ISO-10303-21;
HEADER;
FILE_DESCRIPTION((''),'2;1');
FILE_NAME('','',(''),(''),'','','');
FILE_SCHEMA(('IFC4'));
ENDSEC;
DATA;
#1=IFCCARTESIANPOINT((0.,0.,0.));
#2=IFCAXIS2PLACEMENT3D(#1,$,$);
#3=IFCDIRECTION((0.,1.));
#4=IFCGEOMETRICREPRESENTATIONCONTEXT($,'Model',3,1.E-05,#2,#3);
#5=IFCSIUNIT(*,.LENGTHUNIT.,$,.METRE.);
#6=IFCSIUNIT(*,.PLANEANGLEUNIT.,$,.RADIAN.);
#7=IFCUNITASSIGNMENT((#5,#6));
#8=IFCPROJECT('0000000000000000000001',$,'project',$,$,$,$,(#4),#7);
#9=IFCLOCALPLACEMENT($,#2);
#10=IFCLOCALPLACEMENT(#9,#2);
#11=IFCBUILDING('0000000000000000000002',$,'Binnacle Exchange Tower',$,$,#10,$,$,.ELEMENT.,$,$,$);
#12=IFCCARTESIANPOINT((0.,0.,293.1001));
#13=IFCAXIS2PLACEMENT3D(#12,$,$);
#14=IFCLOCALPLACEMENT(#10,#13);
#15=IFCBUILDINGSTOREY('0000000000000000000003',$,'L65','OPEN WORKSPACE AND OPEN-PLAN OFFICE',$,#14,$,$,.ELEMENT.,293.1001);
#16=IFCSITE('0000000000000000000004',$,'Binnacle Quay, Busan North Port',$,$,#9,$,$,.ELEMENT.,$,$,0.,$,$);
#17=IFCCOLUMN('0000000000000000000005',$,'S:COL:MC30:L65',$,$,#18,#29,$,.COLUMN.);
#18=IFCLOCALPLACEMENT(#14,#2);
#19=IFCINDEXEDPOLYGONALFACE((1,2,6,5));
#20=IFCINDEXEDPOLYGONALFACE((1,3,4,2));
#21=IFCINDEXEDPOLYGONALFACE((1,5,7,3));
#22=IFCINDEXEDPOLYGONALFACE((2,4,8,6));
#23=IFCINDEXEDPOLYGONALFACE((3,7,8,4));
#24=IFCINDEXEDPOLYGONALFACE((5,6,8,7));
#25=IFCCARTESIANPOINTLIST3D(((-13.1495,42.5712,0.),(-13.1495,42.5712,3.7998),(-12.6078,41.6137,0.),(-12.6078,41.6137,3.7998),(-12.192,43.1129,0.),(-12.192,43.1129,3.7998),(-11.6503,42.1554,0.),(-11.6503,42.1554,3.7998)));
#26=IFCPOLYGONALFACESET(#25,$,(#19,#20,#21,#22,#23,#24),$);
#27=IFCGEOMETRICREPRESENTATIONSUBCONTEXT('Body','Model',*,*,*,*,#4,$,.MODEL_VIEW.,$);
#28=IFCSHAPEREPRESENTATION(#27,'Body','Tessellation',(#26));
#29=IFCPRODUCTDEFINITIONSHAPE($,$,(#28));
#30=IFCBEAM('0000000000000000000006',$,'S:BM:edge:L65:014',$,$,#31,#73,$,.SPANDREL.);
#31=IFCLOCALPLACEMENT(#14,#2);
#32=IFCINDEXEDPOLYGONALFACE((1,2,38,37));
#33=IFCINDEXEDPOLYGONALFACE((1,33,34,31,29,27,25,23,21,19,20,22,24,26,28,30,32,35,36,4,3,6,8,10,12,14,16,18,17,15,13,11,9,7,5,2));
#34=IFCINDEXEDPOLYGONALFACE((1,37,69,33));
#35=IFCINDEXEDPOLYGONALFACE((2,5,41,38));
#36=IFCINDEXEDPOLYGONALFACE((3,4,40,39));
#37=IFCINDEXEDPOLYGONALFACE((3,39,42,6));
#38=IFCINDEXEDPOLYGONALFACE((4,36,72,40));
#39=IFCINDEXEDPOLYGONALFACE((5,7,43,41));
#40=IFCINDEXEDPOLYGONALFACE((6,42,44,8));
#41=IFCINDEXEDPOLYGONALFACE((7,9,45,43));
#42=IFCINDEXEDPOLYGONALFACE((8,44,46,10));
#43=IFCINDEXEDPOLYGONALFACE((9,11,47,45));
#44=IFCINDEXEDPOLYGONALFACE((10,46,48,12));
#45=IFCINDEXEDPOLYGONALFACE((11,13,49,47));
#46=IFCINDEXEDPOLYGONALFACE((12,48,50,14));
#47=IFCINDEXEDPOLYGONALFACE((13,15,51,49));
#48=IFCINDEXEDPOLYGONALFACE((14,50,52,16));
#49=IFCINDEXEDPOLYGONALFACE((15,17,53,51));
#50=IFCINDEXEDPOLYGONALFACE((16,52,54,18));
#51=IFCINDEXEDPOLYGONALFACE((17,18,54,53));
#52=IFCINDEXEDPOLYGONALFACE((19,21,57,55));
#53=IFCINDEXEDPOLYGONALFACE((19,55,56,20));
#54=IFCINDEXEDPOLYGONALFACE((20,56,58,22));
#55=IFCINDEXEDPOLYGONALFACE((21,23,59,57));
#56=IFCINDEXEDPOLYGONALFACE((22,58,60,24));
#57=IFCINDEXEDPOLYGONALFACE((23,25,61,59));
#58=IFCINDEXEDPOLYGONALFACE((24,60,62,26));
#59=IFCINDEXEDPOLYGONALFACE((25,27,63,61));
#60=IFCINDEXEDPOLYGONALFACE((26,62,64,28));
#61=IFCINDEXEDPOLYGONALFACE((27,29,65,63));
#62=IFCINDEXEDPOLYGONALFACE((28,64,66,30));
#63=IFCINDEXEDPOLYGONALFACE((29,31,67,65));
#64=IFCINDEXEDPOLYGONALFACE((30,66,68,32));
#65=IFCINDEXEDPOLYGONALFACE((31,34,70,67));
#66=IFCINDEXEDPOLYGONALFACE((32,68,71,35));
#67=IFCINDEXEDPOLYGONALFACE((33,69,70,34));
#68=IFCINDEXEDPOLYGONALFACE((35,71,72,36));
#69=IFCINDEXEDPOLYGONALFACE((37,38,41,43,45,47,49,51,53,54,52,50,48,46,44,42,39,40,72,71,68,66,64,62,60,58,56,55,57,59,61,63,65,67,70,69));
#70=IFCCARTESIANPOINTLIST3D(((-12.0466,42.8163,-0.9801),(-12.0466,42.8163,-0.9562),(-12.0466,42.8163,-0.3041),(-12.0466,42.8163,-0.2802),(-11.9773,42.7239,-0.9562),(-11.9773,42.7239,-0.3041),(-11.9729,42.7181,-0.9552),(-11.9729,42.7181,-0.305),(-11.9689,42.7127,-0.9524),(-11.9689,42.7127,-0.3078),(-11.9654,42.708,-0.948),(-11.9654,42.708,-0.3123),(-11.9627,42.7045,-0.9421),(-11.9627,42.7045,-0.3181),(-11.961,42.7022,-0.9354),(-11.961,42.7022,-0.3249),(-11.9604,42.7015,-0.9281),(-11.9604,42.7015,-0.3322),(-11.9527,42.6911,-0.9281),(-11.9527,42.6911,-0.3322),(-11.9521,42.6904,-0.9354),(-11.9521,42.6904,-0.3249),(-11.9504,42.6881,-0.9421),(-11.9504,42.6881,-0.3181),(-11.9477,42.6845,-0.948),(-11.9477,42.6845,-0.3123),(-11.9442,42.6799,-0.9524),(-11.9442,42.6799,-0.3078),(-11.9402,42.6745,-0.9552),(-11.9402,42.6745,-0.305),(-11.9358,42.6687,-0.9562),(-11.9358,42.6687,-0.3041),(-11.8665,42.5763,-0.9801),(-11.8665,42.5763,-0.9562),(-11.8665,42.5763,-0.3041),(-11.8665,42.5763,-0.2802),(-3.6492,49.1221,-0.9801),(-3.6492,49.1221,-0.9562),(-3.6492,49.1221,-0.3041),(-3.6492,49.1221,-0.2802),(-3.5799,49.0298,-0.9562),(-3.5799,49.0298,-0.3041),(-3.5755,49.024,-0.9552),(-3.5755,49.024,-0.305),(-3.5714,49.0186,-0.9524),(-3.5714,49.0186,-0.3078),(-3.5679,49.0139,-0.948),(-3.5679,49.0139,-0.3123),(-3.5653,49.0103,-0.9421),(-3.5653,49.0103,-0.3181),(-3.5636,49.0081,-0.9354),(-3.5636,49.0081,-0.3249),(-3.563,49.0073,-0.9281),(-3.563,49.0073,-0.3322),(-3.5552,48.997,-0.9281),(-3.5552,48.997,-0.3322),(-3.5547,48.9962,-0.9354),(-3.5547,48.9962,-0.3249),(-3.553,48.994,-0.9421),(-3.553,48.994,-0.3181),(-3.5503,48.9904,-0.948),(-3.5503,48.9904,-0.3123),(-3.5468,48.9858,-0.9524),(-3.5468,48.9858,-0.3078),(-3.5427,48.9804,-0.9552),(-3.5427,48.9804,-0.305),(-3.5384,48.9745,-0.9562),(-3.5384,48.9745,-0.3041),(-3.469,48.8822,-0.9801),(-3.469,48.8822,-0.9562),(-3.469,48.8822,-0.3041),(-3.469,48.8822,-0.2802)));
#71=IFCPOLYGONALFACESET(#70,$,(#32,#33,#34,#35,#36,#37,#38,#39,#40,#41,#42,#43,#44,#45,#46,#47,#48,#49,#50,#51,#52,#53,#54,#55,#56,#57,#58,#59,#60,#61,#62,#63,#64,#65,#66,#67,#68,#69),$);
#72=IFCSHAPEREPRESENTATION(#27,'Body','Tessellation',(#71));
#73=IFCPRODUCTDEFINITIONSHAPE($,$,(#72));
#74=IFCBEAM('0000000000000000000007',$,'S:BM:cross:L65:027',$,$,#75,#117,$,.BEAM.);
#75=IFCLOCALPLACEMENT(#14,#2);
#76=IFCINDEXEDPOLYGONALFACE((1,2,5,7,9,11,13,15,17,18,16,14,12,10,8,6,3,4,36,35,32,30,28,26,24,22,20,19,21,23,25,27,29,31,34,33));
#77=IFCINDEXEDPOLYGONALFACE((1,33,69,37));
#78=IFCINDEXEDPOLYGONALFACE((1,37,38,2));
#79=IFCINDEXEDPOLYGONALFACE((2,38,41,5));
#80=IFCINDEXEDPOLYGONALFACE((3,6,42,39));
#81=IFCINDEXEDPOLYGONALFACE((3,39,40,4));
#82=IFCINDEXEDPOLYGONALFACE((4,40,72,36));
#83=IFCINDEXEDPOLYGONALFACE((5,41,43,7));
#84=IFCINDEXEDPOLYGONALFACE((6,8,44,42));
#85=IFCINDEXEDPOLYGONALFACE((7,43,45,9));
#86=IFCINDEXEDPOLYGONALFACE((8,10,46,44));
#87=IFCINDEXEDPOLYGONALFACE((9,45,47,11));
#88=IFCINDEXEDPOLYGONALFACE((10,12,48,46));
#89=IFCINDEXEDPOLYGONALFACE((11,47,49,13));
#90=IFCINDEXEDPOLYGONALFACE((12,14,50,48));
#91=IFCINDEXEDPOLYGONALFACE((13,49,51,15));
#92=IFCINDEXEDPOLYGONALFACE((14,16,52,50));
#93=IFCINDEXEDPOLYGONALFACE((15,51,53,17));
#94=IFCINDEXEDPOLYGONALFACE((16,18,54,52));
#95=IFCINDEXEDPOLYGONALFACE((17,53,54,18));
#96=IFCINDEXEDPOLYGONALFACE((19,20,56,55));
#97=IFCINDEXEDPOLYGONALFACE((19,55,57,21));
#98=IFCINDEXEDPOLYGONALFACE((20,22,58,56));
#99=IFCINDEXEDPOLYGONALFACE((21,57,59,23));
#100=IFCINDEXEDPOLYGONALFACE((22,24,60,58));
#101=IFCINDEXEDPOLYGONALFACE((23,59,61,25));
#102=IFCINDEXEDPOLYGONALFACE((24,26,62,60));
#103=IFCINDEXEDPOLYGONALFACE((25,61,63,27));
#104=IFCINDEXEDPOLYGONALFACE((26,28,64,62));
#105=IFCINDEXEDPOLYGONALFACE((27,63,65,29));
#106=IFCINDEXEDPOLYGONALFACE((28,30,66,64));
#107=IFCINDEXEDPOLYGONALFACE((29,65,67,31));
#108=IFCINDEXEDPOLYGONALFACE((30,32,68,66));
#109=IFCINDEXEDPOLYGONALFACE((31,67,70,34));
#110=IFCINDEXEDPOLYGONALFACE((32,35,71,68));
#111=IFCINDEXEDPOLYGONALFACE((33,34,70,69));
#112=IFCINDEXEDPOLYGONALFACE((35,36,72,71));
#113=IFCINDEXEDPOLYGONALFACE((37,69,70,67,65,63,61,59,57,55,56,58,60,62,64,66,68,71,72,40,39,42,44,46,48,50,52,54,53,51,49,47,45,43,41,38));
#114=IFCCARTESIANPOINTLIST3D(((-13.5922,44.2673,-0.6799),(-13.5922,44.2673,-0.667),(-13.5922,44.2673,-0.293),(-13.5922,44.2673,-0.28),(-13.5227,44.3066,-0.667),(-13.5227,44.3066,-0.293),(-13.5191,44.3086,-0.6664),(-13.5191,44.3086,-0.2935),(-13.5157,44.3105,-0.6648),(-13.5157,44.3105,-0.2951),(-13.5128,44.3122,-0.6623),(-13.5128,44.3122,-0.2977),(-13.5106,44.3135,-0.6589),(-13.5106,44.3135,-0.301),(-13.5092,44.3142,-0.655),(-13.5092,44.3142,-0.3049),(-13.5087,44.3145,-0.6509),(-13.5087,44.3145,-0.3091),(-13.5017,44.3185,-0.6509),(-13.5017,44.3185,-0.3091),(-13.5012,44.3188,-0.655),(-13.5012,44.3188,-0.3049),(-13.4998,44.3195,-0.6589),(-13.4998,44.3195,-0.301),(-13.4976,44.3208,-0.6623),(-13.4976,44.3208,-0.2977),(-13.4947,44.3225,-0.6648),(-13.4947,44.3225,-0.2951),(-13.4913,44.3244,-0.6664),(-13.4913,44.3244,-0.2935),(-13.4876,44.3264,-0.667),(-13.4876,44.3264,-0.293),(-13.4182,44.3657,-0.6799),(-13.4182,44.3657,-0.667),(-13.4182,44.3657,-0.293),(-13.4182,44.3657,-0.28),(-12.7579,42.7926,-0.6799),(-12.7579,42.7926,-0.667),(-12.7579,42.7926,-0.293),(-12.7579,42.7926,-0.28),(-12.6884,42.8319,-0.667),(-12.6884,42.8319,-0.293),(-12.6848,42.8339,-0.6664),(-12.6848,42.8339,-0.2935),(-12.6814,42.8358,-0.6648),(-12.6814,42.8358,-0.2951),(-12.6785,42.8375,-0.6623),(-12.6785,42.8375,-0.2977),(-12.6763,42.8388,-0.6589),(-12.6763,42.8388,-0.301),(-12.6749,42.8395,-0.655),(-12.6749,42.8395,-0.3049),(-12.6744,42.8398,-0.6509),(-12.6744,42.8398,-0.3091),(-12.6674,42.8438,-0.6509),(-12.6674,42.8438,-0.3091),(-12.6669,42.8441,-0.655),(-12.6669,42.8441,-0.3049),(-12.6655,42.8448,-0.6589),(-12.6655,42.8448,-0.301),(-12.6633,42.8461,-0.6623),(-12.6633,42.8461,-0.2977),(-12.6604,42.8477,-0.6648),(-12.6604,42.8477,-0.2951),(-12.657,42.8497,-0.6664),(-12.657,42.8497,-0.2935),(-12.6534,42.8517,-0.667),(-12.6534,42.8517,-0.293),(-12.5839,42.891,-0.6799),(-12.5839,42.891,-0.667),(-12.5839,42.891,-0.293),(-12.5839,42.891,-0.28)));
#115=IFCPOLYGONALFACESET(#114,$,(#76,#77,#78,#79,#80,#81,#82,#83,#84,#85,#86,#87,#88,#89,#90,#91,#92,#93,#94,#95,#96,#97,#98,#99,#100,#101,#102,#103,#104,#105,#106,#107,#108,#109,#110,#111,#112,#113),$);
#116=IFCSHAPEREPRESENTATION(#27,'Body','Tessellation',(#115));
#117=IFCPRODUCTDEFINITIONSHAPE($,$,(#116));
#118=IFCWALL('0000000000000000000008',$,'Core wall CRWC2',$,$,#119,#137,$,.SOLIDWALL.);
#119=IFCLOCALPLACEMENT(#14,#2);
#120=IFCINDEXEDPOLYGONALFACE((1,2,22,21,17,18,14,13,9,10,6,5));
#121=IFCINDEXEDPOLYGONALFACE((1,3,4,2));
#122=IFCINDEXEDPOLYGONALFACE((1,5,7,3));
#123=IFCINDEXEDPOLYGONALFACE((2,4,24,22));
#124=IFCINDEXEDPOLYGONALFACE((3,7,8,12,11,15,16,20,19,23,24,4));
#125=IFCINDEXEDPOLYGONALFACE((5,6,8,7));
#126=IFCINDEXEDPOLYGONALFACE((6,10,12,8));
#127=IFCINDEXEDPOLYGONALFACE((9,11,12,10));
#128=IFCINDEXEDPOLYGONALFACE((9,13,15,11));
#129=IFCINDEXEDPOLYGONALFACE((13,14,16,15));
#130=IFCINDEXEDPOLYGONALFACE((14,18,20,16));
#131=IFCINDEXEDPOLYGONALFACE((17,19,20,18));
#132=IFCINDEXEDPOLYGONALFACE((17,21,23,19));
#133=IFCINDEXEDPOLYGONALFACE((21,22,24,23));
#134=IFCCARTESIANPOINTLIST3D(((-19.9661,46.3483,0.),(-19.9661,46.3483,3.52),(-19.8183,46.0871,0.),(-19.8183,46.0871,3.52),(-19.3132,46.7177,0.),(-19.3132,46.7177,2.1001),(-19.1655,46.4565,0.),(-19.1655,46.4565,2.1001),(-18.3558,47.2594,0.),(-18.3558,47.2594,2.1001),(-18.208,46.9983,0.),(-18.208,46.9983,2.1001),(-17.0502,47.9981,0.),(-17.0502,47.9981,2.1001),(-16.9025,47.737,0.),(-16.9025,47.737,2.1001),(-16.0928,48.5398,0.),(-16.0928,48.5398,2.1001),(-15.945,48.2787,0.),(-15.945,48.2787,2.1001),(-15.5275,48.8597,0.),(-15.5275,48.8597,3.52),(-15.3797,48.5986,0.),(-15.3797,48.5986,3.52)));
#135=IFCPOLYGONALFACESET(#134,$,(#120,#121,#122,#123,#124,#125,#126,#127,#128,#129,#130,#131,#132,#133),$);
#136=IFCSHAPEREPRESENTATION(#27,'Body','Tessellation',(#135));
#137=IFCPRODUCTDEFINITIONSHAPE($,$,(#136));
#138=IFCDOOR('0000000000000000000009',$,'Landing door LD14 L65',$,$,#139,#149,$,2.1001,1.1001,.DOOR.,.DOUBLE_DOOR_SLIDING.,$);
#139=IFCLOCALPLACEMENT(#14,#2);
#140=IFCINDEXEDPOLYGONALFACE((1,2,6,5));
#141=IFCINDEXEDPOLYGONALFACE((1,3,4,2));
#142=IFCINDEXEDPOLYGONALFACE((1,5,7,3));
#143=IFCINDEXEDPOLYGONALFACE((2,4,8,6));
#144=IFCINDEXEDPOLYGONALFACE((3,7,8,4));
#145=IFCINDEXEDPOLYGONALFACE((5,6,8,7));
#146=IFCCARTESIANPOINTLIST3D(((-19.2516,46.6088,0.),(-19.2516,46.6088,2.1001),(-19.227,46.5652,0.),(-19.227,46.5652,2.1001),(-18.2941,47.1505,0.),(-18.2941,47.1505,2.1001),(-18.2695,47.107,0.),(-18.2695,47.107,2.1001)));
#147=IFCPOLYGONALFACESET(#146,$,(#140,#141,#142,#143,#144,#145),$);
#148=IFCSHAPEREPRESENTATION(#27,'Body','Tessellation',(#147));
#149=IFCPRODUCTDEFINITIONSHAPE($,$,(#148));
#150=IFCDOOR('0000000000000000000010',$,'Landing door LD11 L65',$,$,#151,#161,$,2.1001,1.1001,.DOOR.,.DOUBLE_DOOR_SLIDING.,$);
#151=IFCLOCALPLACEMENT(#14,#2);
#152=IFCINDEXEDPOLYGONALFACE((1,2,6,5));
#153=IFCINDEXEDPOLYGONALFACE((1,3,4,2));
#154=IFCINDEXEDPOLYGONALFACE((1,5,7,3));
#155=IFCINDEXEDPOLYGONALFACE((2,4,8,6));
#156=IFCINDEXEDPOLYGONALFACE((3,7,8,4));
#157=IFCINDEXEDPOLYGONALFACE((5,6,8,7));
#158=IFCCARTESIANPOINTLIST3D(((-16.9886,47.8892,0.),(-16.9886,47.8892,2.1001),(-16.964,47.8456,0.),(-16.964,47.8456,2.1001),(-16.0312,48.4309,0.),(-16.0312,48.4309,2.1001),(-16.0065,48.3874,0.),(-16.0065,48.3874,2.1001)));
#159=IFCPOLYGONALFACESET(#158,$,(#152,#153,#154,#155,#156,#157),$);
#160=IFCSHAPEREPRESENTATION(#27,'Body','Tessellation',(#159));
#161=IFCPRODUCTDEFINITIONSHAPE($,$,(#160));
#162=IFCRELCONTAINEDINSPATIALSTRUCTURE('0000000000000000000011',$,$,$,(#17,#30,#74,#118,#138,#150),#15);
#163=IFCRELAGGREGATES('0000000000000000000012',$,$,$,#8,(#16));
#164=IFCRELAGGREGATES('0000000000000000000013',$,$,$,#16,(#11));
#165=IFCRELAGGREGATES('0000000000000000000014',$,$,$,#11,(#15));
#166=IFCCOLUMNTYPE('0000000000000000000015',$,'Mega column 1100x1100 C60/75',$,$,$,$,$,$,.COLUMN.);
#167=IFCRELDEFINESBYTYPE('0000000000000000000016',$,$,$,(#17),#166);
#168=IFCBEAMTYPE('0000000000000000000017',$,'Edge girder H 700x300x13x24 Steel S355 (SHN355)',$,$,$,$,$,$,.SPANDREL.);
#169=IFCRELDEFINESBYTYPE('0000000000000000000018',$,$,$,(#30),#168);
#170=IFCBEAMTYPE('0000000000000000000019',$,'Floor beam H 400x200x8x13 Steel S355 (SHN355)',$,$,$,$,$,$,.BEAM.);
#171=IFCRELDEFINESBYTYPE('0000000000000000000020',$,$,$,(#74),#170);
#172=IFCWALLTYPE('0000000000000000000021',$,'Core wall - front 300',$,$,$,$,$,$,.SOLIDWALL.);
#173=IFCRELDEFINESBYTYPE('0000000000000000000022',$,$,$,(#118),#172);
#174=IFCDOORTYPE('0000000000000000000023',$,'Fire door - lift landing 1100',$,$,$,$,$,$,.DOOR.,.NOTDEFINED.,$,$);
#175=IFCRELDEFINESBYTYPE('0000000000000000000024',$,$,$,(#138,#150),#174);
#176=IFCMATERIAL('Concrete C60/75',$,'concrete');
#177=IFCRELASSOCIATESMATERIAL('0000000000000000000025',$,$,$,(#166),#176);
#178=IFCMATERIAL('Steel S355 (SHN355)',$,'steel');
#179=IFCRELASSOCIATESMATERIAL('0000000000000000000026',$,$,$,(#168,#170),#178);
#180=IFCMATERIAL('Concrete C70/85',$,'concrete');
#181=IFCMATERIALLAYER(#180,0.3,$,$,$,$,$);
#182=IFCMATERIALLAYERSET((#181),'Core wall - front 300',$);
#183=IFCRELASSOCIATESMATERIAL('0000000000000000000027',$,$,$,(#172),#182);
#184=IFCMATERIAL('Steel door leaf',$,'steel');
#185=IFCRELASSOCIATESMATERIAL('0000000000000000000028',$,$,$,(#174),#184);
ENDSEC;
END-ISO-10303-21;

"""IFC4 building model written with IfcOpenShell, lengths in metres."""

from ifc_helpers import new_model, si_unit, direction, frame, frame_2d, origin, origin_2d, place, context, subcontext, project, spatial, rectangle, i_section, extrude, material, layer, layer_set, material_profile, profile_set, type_object, element, fill, save


model = new_model("IFC4")

# Units and contexts
model_context = context("Model", 3, precision=1e-05, world=origin(), true_north=direction((0.0, 1.0)))
body_context = subcontext(model_context, "Body", "Model", "MODEL_VIEW")
ifc_project = project(units=[si_unit("LENGTHUNIT", "METRE"), si_unit("PLANEANGLEUNIT", "RADIAN")], contexts=[model_context])

# Site, building, storey
site_placement = place(None, origin())
site = spatial("IfcSite", under=ifc_project, at=site_placement, Name="Binnacle Quay, Busan North Port", CompositionType="ELEMENT", RefElevation=0.0)
building_placement = place(site_placement, origin())
building = spatial("IfcBuilding", under=site, at=building_placement, Name="Binnacle Exchange Tower", CompositionType="ELEMENT")
storey_placement = place(building_placement, frame((0.0, 0.0, 293.1001)))
storey = spatial("IfcBuildingStorey", under=building, at=storey_placement, Name="L65", Description="OPEN WORKSPACE AND OPEN-PLAN OFFICE", CompositionType="ELEMENT", Elevation=293.1001)

# Column
ifc_material_1 = material(Name="Concrete C60/75", Category="concrete")
ifc_material_profile_1 = material_profile(ifc_material_1, rectangle(XDim=1.1001, YDim=1.1001, at=origin_2d()), Name="Mega column 1100x1100 C60/75")
ifc_profile_set_1 = profile_set([ifc_material_profile_1], Name="Concrete C60/75")
column_type = type_object("IfcColumnType", Name="Mega column 1100x1100 C60/75", PredefinedType="COLUMN", material=ifc_profile_set_1)
column_placement = place(storey_placement, frame((-12.3999, 42.3633, 0.0), z_axis=(0.0, 0.0, 1.0), x_axis=(0.870356, 0.492424, 0.0)))
element("IfcColumn", 1, at=column_placement, inside=storey, type_object=column_type, Name="S:COL:MC30:L65", PredefinedType="COLUMN", context=body_context, shape_type="SweptSolid", body=[
    extrude(rectangle(XDim=1.1001, YDim=1.1001, at=origin_2d()), origin(), (0.0, 0.0, 1.0), 3.7998),
])

# Beams
ifc_material_2 = material(Name="Steel S355 (SHN355)", Category="steel")
ifc_material_profile_2 = material_profile(ifc_material_2, i_section(OverallWidth=0.3, OverallDepth=0.7, WebThickness=0.0129, FlangeThickness=0.0239, FilletRadius=0.0281, at=origin_2d()), Name="H 700x300x13x24")
ifc_profile_set_2 = profile_set([ifc_material_profile_2], Name="Steel S355 (SHN355)")
beam_type_1 = type_object("IfcBeamType", Name="Edge girder H 700x300x13x24 Steel S355 (SHN355)", PredefinedType="SPANDREL", material=ifc_profile_set_2)
beam_1_placement = place(storey_placement, frame((-11.9565, 42.6963, -0.6301), z_axis=(0.799643, 0.600476, 0.0), x_axis=(-0.600476, 0.799643, 0.0)))
element("IfcBeam", 2, at=beam_1_placement, inside=storey, type_object=beam_type_1, Name="S:BM:edge:L65:014", PredefinedType="SPANDREL", context=body_context, shape_type="SweptSolid", body=[
    extrude(i_section(OverallWidth=0.3, OverallDepth=0.7, WebThickness=0.0129, FlangeThickness=0.0239, FilletRadius=0.0281, at=origin_2d()), origin(), (0.0, 0.0, 1.0), 10.5015),
])
ifc_material_profile_3 = material_profile(ifc_material_2, i_section(OverallWidth=0.2, OverallDepth=0.3999, WebThickness=0.0081, FlangeThickness=0.0129, FilletRadius=0.0161, at=origin_2d()), Name="H 400x200x8x13")
ifc_profile_set_3 = profile_set([ifc_material_profile_3], Name="Steel S355 (SHN355)")
beam_type_2 = type_object("IfcBeamType", Name="Floor beam H 400x200x8x13 Steel S355 (SHN355)", PredefinedType="BEAM", material=ifc_profile_set_3)
beam_2_placement = place(storey_placement, frame((-12.6709, 42.8418, -0.48), z_axis=(-0.492394, 0.870372, 0.0), x_axis=(-0.870372, -0.492394, 0.0)))
element("IfcBeam", 3, at=beam_2_placement, inside=storey, type_object=beam_type_2, Name="S:BM:cross:L65:027", PredefinedType="BEAM", context=body_context, shape_type="SweptSolid", body=[
    extrude(i_section(OverallWidth=0.2, OverallDepth=0.3999, WebThickness=0.0081, FlangeThickness=0.0129, FilletRadius=0.0161, at=origin_2d()), origin(), (0.0, 0.0, 1.0), 1.6943),
])

# Wall, openings, doors
ifc_material_3 = material(Name="Concrete C70/85", Category="concrete")
ifc_layer_1 = layer(ifc_material_3, 0.3)
ifc_layer_set_1 = layer_set([ifc_layer_1], Name="Core wall - front 300")
wall_type_1 = type_object("IfcWallType", Name="Core wall - front 300", PredefinedType="SOLIDWALL", material=ifc_layer_set_1)
wall_1_placement = place(storey_placement, frame((-19.8921, 46.2178, 0.0), z_axis=(0.0, 0.0, 1.0), x_axis=(0.870342, 0.492448, 0.0)))
wall_1 = element("IfcWall", 4, at=wall_1_placement, inside=storey, type_object=wall_type_1, Name="Core wall CRWC2", PredefinedType="SOLIDWALL", context=body_context, shape_type="SweptSolid", body=[
    extrude(rectangle(XDim=5.0999, YDim=0.3, at=frame_2d((2.5498, 0.0))), origin(), (0.0, 0.0, 1.0), 3.52),
])
opening_1_placement = place(wall_1_placement, frame((0.75, 0.0, 0.0)))
opening_1 = element("IfcOpeningElement", 5, at=opening_1_placement, cuts=wall_1, PredefinedType="OPENING", context=body_context, shape_type="SweptSolid", body=[
    extrude(rectangle(XDim=1.1001, YDim=2.1001, at=frame_2d((0.55, 1.05))), frame((0.0, 0.1599, 0.0), z_axis=(0.0, -1.0, 0.0), x_axis=(1.0, 0.0, 0.0)), (0.0, 0.0, 1.0), 0.3201),
])
opening_2_placement = place(wall_1_placement, frame((3.3501, 0.0, 0.0)))
opening_2 = element("IfcOpeningElement", 6, at=opening_2_placement, cuts=wall_1, PredefinedType="OPENING", context=body_context, shape_type="SweptSolid", body=[
    extrude(rectangle(XDim=1.1001, YDim=2.1001, at=frame_2d((0.55, 1.05))), frame((0.0, 0.1599, 0.0), z_axis=(0.0, -1.0, 0.0), x_axis=(1.0, 0.0, 0.0)), (0.0, 0.0, 1.0), 0.3201),
])
ifc_material_4 = material(Name="Steel door leaf", Category="steel")
door_type_1 = type_object("IfcDoorType", Name="Fire door - lift landing 1100", OperationType="NOTDEFINED", PredefinedType="DOOR", material=ifc_material_4)
door_1_placement = place(opening_1_placement, origin())
door_1 = element("IfcDoor", 7, at=door_1_placement, inside=storey, type_object=door_type_1, Name="Landing door LD14 L65", OperationType="DOUBLE_DOOR_SLIDING", OverallHeight=2.1001, OverallWidth=1.1001, PredefinedType="DOOR", context=body_context, shape_type="SweptSolid", body=[
    extrude(rectangle(XDim=1.1001, YDim=2.1001, at=frame_2d((0.55, 1.05))), frame((0.0, 0.0249, 0.0), z_axis=(0.0, -1.0, 0.0), x_axis=(1.0, 0.0, 0.0)), (0.0, 0.0, 1.0), 0.05),
])
fill(opening_1, door_1)
door_2_placement = place(opening_2_placement, origin())
door_2 = element("IfcDoor", 8, at=door_2_placement, inside=storey, type_object=door_type_1, Name="Landing door LD11 L65", OperationType="DOUBLE_DOOR_SLIDING", OverallHeight=2.1001, OverallWidth=1.1001, PredefinedType="DOOR", context=body_context, shape_type="SweptSolid", body=[
    extrude(rectangle(XDim=1.1001, YDim=2.1001, at=frame_2d((0.55, 1.05))), frame((0.0, 0.0249, 0.0), z_axis=(0.0, -1.0, 0.0), x_axis=(1.0, 0.0, 0.0)), (0.0, 0.0, 1.0), 0.05),
])
fill(opening_2, door_2)

save(model, "model.ifc")
